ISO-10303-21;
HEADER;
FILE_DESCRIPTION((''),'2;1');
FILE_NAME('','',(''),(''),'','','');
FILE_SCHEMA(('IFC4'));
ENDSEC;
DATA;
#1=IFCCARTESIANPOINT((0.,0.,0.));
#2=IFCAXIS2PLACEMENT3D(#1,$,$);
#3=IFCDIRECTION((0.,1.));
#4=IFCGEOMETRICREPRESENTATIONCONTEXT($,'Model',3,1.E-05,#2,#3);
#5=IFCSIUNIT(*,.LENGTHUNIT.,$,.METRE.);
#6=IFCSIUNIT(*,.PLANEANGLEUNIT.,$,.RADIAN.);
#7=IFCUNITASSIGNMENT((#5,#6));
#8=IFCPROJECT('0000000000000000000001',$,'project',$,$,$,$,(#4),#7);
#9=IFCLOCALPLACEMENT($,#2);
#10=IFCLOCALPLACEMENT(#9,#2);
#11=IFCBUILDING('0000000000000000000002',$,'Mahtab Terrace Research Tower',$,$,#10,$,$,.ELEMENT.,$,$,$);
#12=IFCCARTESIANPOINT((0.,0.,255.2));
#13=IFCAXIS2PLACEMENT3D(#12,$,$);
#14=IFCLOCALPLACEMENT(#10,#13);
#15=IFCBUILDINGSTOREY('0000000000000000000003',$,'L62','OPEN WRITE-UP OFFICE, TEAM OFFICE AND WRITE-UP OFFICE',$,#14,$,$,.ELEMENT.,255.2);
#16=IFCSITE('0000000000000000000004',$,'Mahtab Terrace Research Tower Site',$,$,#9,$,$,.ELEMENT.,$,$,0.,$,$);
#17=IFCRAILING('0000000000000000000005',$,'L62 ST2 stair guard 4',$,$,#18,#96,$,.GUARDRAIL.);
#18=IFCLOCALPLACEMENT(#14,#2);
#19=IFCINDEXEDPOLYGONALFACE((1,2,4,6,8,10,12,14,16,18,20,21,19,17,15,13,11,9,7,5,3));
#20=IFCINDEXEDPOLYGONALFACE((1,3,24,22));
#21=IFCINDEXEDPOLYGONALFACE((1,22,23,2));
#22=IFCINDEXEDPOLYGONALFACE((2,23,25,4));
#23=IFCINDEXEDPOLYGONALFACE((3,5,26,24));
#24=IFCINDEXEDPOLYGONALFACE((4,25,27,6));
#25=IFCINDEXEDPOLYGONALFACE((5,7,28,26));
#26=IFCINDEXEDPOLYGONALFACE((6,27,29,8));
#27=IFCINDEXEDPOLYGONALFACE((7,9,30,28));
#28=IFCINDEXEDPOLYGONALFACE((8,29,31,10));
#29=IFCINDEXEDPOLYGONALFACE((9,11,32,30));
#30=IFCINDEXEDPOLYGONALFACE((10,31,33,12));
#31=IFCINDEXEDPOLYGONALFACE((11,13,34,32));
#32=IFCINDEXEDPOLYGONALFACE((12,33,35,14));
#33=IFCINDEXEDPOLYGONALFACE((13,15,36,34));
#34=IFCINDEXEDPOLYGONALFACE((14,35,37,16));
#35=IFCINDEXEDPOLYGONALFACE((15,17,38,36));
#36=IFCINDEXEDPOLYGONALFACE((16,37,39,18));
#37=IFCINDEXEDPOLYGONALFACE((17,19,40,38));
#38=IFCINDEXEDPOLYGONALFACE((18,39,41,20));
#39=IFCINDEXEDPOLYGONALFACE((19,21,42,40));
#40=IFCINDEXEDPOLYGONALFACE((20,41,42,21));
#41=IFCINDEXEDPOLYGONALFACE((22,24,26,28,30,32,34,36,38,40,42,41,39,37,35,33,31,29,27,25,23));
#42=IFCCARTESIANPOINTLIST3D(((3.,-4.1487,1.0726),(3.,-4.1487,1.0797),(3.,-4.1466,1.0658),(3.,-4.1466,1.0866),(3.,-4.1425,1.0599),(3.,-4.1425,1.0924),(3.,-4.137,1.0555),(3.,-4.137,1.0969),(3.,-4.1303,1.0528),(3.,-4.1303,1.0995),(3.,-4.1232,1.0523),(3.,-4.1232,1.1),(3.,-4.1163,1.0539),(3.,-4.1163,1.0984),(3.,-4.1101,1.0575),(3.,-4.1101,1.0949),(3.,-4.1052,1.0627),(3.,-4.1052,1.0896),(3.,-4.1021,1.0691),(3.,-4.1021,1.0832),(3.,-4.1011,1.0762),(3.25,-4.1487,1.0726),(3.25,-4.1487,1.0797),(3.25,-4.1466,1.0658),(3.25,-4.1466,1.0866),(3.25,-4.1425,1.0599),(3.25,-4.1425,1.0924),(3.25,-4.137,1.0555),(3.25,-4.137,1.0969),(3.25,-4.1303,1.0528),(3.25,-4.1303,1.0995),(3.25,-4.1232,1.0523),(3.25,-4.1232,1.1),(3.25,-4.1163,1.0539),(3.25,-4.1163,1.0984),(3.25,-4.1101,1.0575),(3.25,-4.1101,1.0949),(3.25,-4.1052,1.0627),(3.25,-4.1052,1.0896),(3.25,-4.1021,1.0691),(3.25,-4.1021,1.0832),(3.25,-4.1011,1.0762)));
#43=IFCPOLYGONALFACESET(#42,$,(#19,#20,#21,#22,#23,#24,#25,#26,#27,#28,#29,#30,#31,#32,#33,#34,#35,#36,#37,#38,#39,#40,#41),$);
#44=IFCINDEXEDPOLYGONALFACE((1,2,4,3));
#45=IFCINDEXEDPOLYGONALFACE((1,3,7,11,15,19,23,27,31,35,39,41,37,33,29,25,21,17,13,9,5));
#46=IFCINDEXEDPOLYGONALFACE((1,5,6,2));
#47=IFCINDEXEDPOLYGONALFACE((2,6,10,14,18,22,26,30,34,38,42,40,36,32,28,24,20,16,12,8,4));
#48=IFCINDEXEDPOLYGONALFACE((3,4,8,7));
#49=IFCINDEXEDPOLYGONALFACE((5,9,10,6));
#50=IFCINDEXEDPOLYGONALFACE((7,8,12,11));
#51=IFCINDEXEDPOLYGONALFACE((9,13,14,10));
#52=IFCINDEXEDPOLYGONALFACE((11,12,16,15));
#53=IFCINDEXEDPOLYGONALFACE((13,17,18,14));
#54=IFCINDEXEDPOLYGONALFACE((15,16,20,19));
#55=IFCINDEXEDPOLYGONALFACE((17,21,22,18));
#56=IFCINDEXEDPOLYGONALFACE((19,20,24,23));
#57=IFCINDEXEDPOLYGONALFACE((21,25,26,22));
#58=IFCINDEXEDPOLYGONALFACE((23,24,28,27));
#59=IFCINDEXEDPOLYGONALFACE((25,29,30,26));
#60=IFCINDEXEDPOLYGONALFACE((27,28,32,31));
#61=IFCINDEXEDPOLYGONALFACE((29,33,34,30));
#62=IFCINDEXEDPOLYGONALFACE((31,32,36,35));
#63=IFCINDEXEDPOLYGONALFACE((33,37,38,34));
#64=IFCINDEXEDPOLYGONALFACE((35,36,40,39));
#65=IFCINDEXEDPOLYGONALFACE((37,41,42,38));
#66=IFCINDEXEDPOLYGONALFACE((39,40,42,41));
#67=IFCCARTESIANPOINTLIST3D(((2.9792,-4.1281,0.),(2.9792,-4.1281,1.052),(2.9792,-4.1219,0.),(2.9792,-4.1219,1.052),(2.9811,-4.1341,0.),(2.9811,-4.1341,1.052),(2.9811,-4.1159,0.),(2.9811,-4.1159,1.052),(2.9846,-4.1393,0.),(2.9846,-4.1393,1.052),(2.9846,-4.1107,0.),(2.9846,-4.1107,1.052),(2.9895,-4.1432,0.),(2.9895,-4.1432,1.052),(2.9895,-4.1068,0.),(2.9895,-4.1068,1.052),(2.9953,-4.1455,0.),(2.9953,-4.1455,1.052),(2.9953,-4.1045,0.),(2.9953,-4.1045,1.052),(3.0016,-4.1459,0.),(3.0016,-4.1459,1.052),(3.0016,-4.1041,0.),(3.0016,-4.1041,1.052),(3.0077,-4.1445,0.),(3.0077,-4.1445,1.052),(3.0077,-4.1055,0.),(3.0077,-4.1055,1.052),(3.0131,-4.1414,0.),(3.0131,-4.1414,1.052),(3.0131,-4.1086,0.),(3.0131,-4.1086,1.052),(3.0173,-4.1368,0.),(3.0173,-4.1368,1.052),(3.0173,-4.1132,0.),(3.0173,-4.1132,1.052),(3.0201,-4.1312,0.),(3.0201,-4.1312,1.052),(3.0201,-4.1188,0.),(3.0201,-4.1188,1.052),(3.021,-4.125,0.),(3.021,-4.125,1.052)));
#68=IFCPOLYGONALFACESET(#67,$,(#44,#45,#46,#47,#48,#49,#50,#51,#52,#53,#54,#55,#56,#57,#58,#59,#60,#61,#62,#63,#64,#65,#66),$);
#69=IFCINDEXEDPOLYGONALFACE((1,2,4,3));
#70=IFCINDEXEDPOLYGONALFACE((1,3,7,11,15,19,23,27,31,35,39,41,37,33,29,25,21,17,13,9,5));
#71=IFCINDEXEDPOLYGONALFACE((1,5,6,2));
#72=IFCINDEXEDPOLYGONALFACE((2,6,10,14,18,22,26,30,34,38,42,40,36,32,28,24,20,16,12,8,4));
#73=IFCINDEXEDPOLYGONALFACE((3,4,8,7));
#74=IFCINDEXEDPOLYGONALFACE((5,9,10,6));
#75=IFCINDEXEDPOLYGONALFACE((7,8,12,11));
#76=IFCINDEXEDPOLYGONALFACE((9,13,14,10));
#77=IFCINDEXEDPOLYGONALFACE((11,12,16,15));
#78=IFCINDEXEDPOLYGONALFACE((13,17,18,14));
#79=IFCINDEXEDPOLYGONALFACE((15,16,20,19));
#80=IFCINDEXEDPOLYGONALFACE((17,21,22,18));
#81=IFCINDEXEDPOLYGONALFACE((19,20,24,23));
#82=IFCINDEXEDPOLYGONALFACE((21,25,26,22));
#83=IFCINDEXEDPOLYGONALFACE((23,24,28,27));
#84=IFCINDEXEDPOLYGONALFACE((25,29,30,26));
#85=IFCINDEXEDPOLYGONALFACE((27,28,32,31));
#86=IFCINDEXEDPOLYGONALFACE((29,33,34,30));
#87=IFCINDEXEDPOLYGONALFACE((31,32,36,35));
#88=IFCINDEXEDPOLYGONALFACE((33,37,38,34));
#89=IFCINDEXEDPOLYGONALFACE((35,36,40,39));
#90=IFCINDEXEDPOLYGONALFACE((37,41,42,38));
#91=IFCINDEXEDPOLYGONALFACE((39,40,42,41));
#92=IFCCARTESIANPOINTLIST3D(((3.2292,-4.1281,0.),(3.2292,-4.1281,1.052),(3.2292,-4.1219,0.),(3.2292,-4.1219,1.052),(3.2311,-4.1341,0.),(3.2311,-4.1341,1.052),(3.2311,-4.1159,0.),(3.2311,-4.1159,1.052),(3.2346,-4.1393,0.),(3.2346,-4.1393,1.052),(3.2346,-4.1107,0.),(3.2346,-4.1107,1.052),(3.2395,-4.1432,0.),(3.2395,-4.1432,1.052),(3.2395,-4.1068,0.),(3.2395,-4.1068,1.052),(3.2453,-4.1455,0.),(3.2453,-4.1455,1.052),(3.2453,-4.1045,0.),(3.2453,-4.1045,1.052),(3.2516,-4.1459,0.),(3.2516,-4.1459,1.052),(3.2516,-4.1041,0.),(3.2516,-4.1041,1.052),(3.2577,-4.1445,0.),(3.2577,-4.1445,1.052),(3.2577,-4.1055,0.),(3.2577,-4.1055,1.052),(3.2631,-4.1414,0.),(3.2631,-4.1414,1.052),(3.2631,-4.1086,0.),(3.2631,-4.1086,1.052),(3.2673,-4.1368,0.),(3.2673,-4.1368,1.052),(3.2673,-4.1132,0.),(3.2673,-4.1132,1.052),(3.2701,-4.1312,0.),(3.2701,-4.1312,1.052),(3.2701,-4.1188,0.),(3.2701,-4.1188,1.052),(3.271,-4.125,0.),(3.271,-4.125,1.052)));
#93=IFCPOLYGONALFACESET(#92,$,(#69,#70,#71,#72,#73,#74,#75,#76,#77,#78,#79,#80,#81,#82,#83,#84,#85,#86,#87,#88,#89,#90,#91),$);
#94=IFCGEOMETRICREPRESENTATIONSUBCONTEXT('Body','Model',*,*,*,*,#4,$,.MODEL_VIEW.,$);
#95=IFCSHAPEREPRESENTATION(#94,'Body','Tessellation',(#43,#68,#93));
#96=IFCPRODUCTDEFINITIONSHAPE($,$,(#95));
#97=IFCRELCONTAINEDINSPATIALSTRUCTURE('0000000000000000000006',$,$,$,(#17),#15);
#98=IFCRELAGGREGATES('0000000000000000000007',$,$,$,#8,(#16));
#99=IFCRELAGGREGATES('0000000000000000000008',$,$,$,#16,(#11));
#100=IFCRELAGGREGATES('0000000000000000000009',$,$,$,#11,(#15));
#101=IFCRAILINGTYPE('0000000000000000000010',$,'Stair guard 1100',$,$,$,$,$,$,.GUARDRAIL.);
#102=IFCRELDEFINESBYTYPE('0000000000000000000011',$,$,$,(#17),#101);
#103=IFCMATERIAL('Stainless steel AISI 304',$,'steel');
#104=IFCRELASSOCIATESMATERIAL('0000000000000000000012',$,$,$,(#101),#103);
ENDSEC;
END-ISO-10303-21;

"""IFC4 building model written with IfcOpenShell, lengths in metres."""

from ifc_helpers import new_model, si_unit, direction, frame, origin, origin_2d, place, context, subcontext, project, spatial, circle, extrude, material, type_object, element, save


model = new_model("IFC4")

# Units and contexts
model_context = context("Model", 3, precision=1e-05, world=origin(), true_north=direction((0.0, 1.0)))
body_context = subcontext(model_context, "Body", "Model", "MODEL_VIEW")
ifc_project = project(units=[si_unit("LENGTHUNIT", "METRE"), si_unit("PLANEANGLEUNIT", "RADIAN")], contexts=[model_context])

# Site, building, storey
site_placement = place(None, origin())
site = spatial("IfcSite", under=ifc_project, at=site_placement, Name="Mahtab Terrace Research Tower Site", CompositionType="ELEMENT", RefElevation=0.0)
building_placement = place(site_placement, origin())
building = spatial("IfcBuilding", under=site, at=building_placement, Name="Mahtab Terrace Research Tower", CompositionType="ELEMENT")
storey_placement = place(building_placement, frame((0.0, 0.0, 255.2)))
storey = spatial("IfcBuildingStorey", under=building, at=storey_placement, Name="L62", Description="OPEN WRITE-UP OFFICE, TEAM OFFICE AND WRITE-UP OFFICE", CompositionType="ELEMENT", Elevation=255.2)

# Railing
ifc_material_1 = material(Name="Stainless steel AISI 304", Category="steel")
railing_type_1 = type_object("IfcRailingType", Name="Stair guard 1100", PredefinedType="GUARDRAIL", material=ifc_material_1)
railing_1_placement = place(storey_placement, frame((3.0, -4.125, 0.0)))
element("IfcRailing", 1, at=railing_1_placement, inside=storey, type_object=railing_type_1, Name="L62 ST2 stair guard 4", PredefinedType="GUARDRAIL", context=body_context, shape_type="SweptSolid", body=[
    extrude(circle(Radius=0.0239, at=origin_2d()), frame((0.0, 0.0, 1.0762), z_axis=(1.0, 0.0, 0.0), x_axis=(0.0, 1.0, 0.0)), (0.0, 0.0, 1.0), 0.25),
    extrude(circle(Radius=0.021, at=origin_2d()), origin(), (0.0, 0.0, 1.0), 1.052),
    extrude(circle(Radius=0.021, at=origin_2d()), frame((0.25, 0.0, 0.0)), (0.0, 0.0, 1.0), 1.052),
])

save(model, "model.ifc")
